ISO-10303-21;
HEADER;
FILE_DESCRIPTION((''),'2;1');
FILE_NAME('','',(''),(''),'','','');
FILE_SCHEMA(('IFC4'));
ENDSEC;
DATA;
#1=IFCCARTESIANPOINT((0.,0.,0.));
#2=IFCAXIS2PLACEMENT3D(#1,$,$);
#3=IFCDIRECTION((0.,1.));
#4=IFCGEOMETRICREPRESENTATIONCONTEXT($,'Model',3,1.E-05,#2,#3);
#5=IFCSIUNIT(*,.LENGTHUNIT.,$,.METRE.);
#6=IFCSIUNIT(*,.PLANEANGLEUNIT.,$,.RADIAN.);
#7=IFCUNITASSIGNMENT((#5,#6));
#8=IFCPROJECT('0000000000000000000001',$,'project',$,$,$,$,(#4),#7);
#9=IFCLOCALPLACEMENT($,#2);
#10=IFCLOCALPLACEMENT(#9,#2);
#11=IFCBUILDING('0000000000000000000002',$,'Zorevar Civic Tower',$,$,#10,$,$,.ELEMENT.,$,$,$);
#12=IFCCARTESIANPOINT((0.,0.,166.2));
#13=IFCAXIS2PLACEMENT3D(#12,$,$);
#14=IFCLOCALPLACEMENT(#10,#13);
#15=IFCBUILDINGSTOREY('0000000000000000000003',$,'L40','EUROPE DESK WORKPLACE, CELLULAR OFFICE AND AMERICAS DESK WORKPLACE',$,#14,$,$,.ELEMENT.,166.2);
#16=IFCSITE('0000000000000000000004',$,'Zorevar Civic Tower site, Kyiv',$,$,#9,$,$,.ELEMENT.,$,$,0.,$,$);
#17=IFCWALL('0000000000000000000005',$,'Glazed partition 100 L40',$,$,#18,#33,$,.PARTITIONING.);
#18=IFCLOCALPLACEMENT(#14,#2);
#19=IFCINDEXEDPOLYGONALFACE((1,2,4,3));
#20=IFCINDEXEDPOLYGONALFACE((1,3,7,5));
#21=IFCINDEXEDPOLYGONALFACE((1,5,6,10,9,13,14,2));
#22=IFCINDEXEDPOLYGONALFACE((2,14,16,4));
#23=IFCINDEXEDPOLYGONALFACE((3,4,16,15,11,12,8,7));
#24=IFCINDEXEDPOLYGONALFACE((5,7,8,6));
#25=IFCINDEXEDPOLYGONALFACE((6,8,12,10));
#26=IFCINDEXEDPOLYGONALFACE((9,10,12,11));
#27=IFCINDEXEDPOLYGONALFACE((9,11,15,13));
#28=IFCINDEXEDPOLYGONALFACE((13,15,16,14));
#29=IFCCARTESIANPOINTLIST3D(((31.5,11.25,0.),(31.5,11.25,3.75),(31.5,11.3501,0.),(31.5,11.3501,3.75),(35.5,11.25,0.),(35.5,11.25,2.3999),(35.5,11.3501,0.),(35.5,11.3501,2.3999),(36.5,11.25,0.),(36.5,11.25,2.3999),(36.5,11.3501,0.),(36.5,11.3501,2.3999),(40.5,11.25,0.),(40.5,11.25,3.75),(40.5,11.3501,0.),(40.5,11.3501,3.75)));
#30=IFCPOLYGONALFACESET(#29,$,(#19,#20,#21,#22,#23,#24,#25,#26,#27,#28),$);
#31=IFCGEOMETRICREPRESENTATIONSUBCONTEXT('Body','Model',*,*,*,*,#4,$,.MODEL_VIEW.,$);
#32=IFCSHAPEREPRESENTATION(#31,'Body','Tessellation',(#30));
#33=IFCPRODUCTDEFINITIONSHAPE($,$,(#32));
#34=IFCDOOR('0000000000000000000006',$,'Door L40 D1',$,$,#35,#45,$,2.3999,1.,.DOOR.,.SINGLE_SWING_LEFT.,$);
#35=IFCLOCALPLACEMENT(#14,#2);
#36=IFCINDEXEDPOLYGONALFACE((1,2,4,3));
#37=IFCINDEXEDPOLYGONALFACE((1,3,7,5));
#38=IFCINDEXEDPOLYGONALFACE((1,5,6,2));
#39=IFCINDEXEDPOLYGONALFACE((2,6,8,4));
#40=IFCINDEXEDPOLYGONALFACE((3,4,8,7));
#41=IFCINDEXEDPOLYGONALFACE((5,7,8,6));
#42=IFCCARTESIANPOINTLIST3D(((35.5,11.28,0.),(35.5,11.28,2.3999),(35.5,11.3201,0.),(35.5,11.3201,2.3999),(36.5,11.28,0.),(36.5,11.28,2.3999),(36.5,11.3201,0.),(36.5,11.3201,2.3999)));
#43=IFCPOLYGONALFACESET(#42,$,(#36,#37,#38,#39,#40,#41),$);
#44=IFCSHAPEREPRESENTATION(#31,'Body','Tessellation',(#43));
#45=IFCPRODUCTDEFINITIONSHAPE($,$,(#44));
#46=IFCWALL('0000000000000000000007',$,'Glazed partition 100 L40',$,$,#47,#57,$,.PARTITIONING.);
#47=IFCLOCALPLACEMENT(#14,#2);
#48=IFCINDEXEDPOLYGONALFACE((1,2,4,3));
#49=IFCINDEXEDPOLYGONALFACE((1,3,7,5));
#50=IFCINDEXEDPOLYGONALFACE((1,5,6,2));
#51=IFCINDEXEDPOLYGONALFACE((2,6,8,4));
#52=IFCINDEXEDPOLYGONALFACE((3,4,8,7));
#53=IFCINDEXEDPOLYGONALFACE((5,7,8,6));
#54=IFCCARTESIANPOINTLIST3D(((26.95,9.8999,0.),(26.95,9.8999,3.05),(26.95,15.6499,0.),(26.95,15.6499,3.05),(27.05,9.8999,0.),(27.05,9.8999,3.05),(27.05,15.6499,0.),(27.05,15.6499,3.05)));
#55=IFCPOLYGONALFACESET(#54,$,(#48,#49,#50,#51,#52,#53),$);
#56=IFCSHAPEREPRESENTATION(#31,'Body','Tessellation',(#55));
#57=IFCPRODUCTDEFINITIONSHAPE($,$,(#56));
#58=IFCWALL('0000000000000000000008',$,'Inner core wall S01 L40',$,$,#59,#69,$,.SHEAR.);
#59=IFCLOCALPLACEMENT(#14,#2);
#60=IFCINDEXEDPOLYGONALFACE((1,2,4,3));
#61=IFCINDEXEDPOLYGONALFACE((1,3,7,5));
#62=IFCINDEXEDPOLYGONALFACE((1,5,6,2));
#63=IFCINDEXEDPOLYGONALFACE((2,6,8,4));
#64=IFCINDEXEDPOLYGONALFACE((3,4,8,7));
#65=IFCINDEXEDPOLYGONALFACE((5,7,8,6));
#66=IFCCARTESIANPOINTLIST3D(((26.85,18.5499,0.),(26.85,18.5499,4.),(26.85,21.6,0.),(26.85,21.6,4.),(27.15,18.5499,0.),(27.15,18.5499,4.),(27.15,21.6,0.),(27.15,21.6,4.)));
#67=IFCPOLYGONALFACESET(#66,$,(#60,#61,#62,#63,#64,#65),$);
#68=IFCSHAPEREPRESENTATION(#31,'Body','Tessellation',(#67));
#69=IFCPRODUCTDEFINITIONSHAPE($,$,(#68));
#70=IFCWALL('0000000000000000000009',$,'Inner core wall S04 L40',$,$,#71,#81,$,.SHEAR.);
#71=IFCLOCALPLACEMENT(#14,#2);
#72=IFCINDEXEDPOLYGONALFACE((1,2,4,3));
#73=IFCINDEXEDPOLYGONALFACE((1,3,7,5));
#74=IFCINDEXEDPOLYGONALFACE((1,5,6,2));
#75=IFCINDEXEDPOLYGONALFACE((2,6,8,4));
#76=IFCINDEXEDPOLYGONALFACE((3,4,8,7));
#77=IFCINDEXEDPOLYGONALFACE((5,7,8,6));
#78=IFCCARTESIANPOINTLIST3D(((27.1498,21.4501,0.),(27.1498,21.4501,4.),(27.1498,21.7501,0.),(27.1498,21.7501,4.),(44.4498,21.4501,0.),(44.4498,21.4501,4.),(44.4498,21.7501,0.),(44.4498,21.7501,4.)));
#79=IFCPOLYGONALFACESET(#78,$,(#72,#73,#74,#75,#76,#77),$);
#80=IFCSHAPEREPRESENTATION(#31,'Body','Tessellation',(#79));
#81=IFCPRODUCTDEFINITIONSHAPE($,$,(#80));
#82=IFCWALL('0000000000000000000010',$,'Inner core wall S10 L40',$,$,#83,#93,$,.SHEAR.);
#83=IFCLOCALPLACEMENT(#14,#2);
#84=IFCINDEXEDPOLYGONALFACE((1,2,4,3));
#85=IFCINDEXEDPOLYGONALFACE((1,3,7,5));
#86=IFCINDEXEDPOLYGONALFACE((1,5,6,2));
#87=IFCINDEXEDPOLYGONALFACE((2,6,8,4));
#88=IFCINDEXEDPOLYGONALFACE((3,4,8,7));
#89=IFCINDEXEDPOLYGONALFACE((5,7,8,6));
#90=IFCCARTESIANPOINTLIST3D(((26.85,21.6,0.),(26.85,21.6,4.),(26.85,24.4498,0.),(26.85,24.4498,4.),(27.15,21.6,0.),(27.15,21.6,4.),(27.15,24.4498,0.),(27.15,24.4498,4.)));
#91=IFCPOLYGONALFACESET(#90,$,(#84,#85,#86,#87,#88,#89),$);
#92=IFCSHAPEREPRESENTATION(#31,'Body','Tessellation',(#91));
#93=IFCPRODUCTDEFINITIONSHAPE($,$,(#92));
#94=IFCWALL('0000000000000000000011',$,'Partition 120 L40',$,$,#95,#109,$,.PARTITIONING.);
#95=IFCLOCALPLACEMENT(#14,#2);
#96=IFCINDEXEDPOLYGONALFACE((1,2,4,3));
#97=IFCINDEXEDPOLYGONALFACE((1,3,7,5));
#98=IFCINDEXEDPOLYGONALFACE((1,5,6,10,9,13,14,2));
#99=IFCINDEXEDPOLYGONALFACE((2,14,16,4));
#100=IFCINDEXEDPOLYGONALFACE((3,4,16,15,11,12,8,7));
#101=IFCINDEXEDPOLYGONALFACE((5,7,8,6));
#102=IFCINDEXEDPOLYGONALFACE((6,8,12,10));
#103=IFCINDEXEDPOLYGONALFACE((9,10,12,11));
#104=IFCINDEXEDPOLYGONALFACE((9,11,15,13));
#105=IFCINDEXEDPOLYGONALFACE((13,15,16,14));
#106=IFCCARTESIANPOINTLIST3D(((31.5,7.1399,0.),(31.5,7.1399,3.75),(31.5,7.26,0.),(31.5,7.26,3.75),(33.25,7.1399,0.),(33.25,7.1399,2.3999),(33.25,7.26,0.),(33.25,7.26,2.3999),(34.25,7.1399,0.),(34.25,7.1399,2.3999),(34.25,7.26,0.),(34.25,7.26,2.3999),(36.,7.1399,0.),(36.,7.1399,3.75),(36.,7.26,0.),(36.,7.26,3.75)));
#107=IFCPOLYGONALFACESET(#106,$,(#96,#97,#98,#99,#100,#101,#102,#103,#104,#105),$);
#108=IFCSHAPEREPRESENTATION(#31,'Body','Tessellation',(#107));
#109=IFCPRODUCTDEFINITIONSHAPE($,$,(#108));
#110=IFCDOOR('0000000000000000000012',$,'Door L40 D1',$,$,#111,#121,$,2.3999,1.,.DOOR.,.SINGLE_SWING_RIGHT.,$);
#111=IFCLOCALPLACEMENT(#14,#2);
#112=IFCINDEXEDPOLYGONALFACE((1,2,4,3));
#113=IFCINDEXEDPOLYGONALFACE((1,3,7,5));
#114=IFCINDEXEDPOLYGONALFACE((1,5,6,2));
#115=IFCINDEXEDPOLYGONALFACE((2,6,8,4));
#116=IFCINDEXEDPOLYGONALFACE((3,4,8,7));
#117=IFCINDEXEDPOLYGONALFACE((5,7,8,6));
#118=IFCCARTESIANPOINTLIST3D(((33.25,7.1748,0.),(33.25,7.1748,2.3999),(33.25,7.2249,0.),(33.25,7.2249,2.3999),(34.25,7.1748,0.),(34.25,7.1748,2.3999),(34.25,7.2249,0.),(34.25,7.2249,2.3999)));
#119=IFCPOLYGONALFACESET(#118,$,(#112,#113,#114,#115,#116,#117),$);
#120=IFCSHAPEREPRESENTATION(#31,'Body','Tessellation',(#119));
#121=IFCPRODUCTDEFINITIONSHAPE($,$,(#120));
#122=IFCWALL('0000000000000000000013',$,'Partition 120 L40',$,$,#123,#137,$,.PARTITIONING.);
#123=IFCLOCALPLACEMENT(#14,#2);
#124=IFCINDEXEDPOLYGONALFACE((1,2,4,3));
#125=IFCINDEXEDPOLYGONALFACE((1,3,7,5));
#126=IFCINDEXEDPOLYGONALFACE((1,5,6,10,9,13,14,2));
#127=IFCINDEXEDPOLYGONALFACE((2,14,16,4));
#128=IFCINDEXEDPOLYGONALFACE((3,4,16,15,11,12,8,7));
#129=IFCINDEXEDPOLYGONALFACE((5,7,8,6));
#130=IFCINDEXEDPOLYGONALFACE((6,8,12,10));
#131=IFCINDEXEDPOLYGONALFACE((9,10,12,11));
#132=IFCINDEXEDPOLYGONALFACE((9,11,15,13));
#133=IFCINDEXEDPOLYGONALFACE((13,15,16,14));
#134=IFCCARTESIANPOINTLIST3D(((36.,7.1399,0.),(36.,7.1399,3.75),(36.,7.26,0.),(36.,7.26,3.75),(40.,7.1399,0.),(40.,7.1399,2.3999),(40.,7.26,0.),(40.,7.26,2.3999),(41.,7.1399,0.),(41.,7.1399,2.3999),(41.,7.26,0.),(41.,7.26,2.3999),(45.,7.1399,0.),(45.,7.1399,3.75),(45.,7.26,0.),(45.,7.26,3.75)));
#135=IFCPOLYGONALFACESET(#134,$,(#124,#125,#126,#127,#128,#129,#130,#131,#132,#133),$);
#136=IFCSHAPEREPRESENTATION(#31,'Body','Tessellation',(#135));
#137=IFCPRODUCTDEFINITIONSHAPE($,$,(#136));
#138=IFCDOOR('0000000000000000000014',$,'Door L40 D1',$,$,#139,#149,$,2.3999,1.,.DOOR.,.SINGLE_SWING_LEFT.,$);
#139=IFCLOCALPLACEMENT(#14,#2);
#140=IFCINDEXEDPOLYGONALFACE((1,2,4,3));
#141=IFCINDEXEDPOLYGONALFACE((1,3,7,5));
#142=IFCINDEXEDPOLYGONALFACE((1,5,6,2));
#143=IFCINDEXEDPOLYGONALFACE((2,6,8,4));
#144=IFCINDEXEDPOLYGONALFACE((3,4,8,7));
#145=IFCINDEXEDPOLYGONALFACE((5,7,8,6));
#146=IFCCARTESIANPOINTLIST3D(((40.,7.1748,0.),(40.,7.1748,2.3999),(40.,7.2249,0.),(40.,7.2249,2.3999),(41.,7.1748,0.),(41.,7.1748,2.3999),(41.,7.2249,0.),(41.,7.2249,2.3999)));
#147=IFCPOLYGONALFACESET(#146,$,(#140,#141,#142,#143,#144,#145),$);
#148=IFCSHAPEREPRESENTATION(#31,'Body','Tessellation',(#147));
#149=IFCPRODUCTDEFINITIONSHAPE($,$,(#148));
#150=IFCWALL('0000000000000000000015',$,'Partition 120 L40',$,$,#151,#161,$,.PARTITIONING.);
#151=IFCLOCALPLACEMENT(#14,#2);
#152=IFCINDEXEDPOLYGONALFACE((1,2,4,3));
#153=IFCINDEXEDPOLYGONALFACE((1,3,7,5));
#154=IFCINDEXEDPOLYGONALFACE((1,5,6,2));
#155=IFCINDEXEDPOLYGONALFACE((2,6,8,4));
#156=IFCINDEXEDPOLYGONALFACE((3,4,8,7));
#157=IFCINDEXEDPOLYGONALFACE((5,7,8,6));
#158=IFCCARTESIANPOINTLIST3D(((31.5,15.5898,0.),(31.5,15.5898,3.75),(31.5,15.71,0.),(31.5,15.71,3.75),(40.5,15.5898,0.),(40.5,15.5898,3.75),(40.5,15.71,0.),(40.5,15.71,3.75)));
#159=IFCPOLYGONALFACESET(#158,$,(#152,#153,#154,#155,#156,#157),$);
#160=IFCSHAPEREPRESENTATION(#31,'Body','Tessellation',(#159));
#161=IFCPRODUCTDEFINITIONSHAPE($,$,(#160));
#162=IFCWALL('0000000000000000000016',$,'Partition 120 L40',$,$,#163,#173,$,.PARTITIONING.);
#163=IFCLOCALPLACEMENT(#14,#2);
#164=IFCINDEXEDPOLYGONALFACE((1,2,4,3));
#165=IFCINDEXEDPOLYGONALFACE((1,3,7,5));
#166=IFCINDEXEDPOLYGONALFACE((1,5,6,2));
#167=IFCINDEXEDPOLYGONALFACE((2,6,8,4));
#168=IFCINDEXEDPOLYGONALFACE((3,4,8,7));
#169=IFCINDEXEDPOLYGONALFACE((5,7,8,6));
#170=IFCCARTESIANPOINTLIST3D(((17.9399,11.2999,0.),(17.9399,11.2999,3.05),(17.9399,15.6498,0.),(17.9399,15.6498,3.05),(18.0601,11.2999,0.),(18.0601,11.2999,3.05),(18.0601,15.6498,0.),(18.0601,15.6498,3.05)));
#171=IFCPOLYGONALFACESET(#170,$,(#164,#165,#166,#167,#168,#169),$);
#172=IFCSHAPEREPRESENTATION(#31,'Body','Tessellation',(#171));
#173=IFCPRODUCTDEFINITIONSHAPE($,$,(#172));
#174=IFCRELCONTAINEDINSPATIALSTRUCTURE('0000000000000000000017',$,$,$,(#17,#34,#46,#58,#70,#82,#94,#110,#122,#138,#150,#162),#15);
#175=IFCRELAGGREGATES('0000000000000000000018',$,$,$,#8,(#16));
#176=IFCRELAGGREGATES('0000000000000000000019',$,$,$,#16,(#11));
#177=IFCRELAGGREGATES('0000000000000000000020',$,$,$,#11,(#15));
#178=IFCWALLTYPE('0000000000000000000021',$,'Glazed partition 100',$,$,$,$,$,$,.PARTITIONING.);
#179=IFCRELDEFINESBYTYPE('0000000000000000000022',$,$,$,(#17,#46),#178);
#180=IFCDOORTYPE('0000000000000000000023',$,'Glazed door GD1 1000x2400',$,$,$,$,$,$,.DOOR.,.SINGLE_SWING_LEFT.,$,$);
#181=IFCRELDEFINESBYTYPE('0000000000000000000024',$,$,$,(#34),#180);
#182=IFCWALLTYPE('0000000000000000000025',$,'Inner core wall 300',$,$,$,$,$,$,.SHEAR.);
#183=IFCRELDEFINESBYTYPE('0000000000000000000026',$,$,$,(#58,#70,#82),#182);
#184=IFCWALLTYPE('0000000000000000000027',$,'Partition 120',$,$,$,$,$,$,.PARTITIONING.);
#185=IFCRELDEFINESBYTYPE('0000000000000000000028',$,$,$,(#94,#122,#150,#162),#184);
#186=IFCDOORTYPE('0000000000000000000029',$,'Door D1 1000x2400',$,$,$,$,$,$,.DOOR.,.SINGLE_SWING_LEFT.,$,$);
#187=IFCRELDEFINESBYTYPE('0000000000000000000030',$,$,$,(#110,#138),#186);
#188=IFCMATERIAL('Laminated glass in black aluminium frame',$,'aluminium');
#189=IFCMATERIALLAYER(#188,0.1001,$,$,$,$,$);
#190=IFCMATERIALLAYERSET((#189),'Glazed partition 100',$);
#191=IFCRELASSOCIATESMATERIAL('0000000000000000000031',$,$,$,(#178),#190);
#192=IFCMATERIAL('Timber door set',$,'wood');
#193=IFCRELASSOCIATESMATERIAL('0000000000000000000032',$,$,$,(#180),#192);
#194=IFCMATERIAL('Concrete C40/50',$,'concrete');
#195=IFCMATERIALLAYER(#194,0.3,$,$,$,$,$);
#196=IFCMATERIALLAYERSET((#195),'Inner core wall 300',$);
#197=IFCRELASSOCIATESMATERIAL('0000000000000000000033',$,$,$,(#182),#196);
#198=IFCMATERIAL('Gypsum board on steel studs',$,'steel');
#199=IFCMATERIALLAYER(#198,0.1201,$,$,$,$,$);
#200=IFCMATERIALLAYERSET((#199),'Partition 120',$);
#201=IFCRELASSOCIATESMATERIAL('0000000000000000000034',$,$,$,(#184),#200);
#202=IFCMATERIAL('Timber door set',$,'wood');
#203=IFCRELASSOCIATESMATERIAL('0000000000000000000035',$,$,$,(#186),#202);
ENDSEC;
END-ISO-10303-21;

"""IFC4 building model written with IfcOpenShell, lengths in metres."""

from ifc_helpers import new_model, si_unit, direction, frame, frame_2d, origin, place, context, subcontext, project, spatial, rectangle, extrude, material, layer, layer_set, type_object, element, fill, save


model = new_model("IFC4")

# Units and contexts
model_context = context("Model", 3, precision=1e-05, world=origin(), true_north=direction((0.0, 1.0)))
body_context = subcontext(model_context, "Body", "Model", "MODEL_VIEW")
ifc_project = project(units=[si_unit("LENGTHUNIT", "METRE"), si_unit("PLANEANGLEUNIT", "RADIAN")], contexts=[model_context])

# Site, building, storey
site_placement = place(None, origin())
site = spatial("IfcSite", under=ifc_project, at=site_placement, Name="Zorevar Civic Tower site, Kyiv", CompositionType="ELEMENT", RefElevation=0.0)
building_placement = place(site_placement, origin())
building = spatial("IfcBuilding", under=site, at=building_placement, Name="Zorevar Civic Tower", CompositionType="ELEMENT")
storey_placement = place(building_placement, frame((0.0, 0.0, 166.2)))
storey = spatial("IfcBuildingStorey", under=building, at=storey_placement, Name="L40", Description="EUROPE DESK WORKPLACE, CELLULAR OFFICE AND AMERICAS DESK WORKPLACE", CompositionType="ELEMENT", Elevation=166.2)

# Wall, opening, door
ifc_material_1 = material(Name="Laminated glass in black aluminium frame", Category="aluminium")
ifc_layer_1 = layer(ifc_material_1, 0.1001)
ifc_layer_set_1 = layer_set([ifc_layer_1], Name="Glazed partition 100")
wall_type_1 = type_object("IfcWallType", Name="Glazed partition 100", PredefinedType="PARTITIONING", material=ifc_layer_set_1)
wall_1_placement = place(storey_placement, frame((31.5, 11.3, 0.0), z_axis=(0.0, 0.0, 1.0), x_axis=(1.0, 0.0, 0.0)))
wall_1 = element("IfcWall", 1, at=wall_1_placement, inside=storey, type_object=wall_type_1, Name="Glazed partition 100 L40", PredefinedType="PARTITIONING", context=body_context, shape_type="SweptSolid", body=[
    extrude(rectangle(XDim=9.0, YDim=0.1001, at=frame_2d((4.5, 0.0))), origin(), (0.0, 0.0, 1.0), 3.75),
])
opening_1_placement = place(wall_1_placement, frame((4.0, 0.0, 0.0)))
opening_1 = element("IfcOpeningElement", 2, at=opening_1_placement, cuts=wall_1, PredefinedType="OPENING", context=body_context, shape_type="SweptSolid", body=[
    extrude(rectangle(XDim=1.0, YDim=2.3999, at=frame_2d((0.5, 1.2))), frame((0.0, 0.0601, 0.0), z_axis=(0.0, -1.0, 0.0), x_axis=(1.0, 0.0, 0.0)), (0.0, 0.0, 1.0), 0.1201),
])
ifc_material_2 = material(Name="Timber door set", Category="wood")
door_type_1 = type_object("IfcDoorType", Name="Glazed door GD1 1000x2400", OperationType="SINGLE_SWING_LEFT", PredefinedType="DOOR", material=ifc_material_2)
door_1_placement = place(opening_1_placement, origin())
door_1 = element("IfcDoor", 3, at=door_1_placement, inside=storey, type_object=door_type_1, Name="Door L40 D1", OperationType="SINGLE_SWING_LEFT", OverallHeight=2.3999, OverallWidth=1.0, PredefinedType="DOOR", context=body_context, shape_type="SweptSolid", body=[
    extrude(rectangle(XDim=1.0, YDim=2.3999, at=frame_2d((0.5, 1.2))), frame((0.0, 0.02, 0.0), z_axis=(0.0, -1.0, 0.0), x_axis=(1.0, 0.0, 0.0)), (0.0, 0.0, 1.0), 0.04),
])
fill(opening_1, door_1)

# Walls
wall_2_placement = place(storey_placement, frame((27.0, 9.8999, 0.0), z_axis=(0.0, 0.0, 1.0), x_axis=(0.0, 1.0, 0.0)))
element("IfcWall", 4, at=wall_2_placement, inside=storey, type_object=wall_type_1, Name="Glazed partition 100 L40", PredefinedType="PARTITIONING", context=body_context, shape_type="SweptSolid", body=[
    extrude(rectangle(XDim=5.75, YDim=0.1001, at=frame_2d((2.875, 0.0))), origin(), (0.0, 0.0, 1.0), 3.05),
])
ifc_material_3 = material(Name="Concrete C40/50", Category="concrete")
ifc_layer_2 = layer(ifc_material_3, 0.3)
ifc_layer_set_2 = layer_set([ifc_layer_2], Name="Inner core wall 300")
wall_type_2 = type_object("IfcWallType", Name="Inner core wall 300", PredefinedType="SHEAR", material=ifc_layer_set_2)
wall_3_placement = place(storey_placement, frame((27.0, 18.55, 0.0), z_axis=(0.0, 0.0, 1.0), x_axis=(0.0, 1.0, 0.0)))
element("IfcWall", 5, at=wall_3_placement, inside=storey, type_object=wall_type_2, Name="Inner core wall S01 L40", PredefinedType="SHEAR", context=body_context, shape_type="SweptSolid", body=[
    extrude(rectangle(XDim=3.05, YDim=0.3, at=frame_2d((1.5249, 0.0))), origin(), (0.0, 0.0, 1.0), 4.0),
])
wall_4_placement = place(storey_placement, frame((27.1499, 21.6001, 0.0), z_axis=(0.0, 0.0, 1.0), x_axis=(1.0, 0.0, 0.0)))
element("IfcWall", 6, at=wall_4_placement, inside=storey, type_object=wall_type_2, Name="Inner core wall S04 L40", PredefinedType="SHEAR", context=body_context, shape_type="SweptSolid", body=[
    extrude(rectangle(XDim=17.3, YDim=0.3, at=frame_2d((8.6499, 0.0))), origin(), (0.0, 0.0, 1.0), 4.0),
])
wall_5_placement = place(storey_placement, frame((27.0, 21.6001, 0.0), z_axis=(0.0, 0.0, 1.0), x_axis=(0.0, 1.0, 0.0)))
element("IfcWall", 7, at=wall_5_placement, inside=storey, type_object=wall_type_2, Name="Inner core wall S10 L40", PredefinedType="SHEAR", context=body_context, shape_type="SweptSolid", body=[
    extrude(rectangle(XDim=2.8499, YDim=0.3, at=frame_2d((1.4248, 0.0))), origin(), (0.0, 0.0, 1.0), 4.0),
])

# Walls, openings, doors
ifc_material_4 = material(Name="Gypsum board on steel studs", Category="steel")
ifc_layer_3 = layer(ifc_material_4, 0.1201)
ifc_layer_set_3 = layer_set([ifc_layer_3], Name="Partition 120")
wall_type_3 = type_object("IfcWallType", Name="Partition 120", PredefinedType="PARTITIONING", material=ifc_layer_set_3)
wall_6_placement = place(storey_placement, frame((31.5, 7.2, 0.0), z_axis=(0.0, 0.0, 1.0), x_axis=(1.0, 0.0, 0.0)))
wall_6 = element("IfcWall", 8, at=wall_6_placement, inside=storey, type_object=wall_type_3, Name="Partition 120 L40", PredefinedType="PARTITIONING", context=body_context, shape_type="SweptSolid", body=[
    extrude(rectangle(XDim=4.5, YDim=0.1201, at=frame_2d((2.25, 0.0))), origin(), (0.0, 0.0, 1.0), 3.75),
])
opening_2_placement = place(wall_6_placement, frame((1.75, 0.0, 0.0)))
opening_2 = element("IfcOpeningElement", 9, at=opening_2_placement, cuts=wall_6, PredefinedType="OPENING", context=body_context, shape_type="SweptSolid", body=[
    extrude(rectangle(XDim=1.0, YDim=2.3999, at=frame_2d((0.5, 1.2))), frame((0.0, 0.0701, 0.0), z_axis=(0.0, -1.0, 0.0), x_axis=(1.0, 0.0, 0.0)), (0.0, 0.0, 1.0), 0.1401),
])
ifc_material_5 = material(Name="Timber door set", Category="wood")
door_type_2 = type_object("IfcDoorType", Name="Door D1 1000x2400", OperationType="SINGLE_SWING_LEFT", PredefinedType="DOOR", material=ifc_material_5)
door_2_placement = place(opening_2_placement, origin())
door_2 = element("IfcDoor", 10, at=door_2_placement, inside=storey, type_object=door_type_2, Name="Door L40 D1", OperationType="SINGLE_SWING_RIGHT", OverallHeight=2.3999, OverallWidth=1.0, PredefinedType="DOOR", context=body_context, shape_type="SweptSolid", body=[
    extrude(rectangle(XDim=1.0, YDim=2.3999, at=frame_2d((0.5, 1.2))), frame((0.0, 0.0249, 0.0), z_axis=(0.0, -1.0, 0.0), x_axis=(1.0, 0.0, 0.0)), (0.0, 0.0, 1.0), 0.05),
])
fill(opening_2, door_2)
wall_7_placement = place(storey_placement, frame((36.0, 7.2, 0.0), z_axis=(0.0, 0.0, 1.0), x_axis=(1.0, 0.0, 0.0)))
wall_7 = element("IfcWall", 11, at=wall_7_placement, inside=storey, type_object=wall_type_3, Name="Partition 120 L40", PredefinedType="PARTITIONING", context=body_context, shape_type="SweptSolid", body=[
    extrude(rectangle(XDim=9.0, YDim=0.1201, at=frame_2d((4.5, 0.0))), origin(), (0.0, 0.0, 1.0), 3.75),
])
opening_3_placement = place(wall_7_placement, frame((4.0, 0.0, 0.0)))
opening_3 = element("IfcOpeningElement", 12, at=opening_3_placement, cuts=wall_7, PredefinedType="OPENING", context=body_context, shape_type="SweptSolid", body=[
    extrude(rectangle(XDim=1.0, YDim=2.3999, at=frame_2d((0.5, 1.2))), frame((0.0, 0.0701, 0.0), z_axis=(0.0, -1.0, 0.0), x_axis=(1.0, 0.0, 0.0)), (0.0, 0.0, 1.0), 0.1401),
])
door_3_placement = place(opening_3_placement, origin())
door_3 = element("IfcDoor", 13, at=door_3_placement, inside=storey, type_object=door_type_2, Name="Door L40 D1", OperationType="SINGLE_SWING_LEFT", OverallHeight=2.3999, OverallWidth=1.0, PredefinedType="DOOR", context=body_context, shape_type="SweptSolid", body=[
    extrude(rectangle(XDim=1.0, YDim=2.3999, at=frame_2d((0.5, 1.2))), frame((0.0, 0.0249, 0.0), z_axis=(0.0, -1.0, 0.0), x_axis=(1.0, 0.0, 0.0)), (0.0, 0.0, 1.0), 0.05),
])
fill(opening_3, door_3)

# Walls
wall_8_placement = place(storey_placement, frame((31.5, 15.6499, 0.0), z_axis=(0.0, 0.0, 1.0), x_axis=(1.0, 0.0, 0.0)))
element("IfcWall", 14, at=wall_8_placement, inside=storey, type_object=wall_type_3, Name="Partition 120 L40", PredefinedType="PARTITIONING", context=body_context, shape_type="SweptSolid", body=[
    extrude(rectangle(XDim=9.0, YDim=0.1201, at=frame_2d((4.5, 0.0))), origin(), (0.0, 0.0, 1.0), 3.75),
])
wall_9_placement = place(storey_placement, frame((18.0, 11.3, 0.0), z_axis=(0.0, 0.0, 1.0), x_axis=(0.0, 1.0, 0.0)))
element("IfcWall", 15, at=wall_9_placement, inside=storey, type_object=wall_type_3, Name="Partition 120 L40", PredefinedType="PARTITIONING", context=body_context, shape_type="SweptSolid", body=[
    extrude(rectangle(XDim=4.3499, YDim=0.1201, at=frame_2d((2.1748, 0.0))), origin(), (0.0, 0.0, 1.0), 3.05),
])

save(model, "model.ifc")
